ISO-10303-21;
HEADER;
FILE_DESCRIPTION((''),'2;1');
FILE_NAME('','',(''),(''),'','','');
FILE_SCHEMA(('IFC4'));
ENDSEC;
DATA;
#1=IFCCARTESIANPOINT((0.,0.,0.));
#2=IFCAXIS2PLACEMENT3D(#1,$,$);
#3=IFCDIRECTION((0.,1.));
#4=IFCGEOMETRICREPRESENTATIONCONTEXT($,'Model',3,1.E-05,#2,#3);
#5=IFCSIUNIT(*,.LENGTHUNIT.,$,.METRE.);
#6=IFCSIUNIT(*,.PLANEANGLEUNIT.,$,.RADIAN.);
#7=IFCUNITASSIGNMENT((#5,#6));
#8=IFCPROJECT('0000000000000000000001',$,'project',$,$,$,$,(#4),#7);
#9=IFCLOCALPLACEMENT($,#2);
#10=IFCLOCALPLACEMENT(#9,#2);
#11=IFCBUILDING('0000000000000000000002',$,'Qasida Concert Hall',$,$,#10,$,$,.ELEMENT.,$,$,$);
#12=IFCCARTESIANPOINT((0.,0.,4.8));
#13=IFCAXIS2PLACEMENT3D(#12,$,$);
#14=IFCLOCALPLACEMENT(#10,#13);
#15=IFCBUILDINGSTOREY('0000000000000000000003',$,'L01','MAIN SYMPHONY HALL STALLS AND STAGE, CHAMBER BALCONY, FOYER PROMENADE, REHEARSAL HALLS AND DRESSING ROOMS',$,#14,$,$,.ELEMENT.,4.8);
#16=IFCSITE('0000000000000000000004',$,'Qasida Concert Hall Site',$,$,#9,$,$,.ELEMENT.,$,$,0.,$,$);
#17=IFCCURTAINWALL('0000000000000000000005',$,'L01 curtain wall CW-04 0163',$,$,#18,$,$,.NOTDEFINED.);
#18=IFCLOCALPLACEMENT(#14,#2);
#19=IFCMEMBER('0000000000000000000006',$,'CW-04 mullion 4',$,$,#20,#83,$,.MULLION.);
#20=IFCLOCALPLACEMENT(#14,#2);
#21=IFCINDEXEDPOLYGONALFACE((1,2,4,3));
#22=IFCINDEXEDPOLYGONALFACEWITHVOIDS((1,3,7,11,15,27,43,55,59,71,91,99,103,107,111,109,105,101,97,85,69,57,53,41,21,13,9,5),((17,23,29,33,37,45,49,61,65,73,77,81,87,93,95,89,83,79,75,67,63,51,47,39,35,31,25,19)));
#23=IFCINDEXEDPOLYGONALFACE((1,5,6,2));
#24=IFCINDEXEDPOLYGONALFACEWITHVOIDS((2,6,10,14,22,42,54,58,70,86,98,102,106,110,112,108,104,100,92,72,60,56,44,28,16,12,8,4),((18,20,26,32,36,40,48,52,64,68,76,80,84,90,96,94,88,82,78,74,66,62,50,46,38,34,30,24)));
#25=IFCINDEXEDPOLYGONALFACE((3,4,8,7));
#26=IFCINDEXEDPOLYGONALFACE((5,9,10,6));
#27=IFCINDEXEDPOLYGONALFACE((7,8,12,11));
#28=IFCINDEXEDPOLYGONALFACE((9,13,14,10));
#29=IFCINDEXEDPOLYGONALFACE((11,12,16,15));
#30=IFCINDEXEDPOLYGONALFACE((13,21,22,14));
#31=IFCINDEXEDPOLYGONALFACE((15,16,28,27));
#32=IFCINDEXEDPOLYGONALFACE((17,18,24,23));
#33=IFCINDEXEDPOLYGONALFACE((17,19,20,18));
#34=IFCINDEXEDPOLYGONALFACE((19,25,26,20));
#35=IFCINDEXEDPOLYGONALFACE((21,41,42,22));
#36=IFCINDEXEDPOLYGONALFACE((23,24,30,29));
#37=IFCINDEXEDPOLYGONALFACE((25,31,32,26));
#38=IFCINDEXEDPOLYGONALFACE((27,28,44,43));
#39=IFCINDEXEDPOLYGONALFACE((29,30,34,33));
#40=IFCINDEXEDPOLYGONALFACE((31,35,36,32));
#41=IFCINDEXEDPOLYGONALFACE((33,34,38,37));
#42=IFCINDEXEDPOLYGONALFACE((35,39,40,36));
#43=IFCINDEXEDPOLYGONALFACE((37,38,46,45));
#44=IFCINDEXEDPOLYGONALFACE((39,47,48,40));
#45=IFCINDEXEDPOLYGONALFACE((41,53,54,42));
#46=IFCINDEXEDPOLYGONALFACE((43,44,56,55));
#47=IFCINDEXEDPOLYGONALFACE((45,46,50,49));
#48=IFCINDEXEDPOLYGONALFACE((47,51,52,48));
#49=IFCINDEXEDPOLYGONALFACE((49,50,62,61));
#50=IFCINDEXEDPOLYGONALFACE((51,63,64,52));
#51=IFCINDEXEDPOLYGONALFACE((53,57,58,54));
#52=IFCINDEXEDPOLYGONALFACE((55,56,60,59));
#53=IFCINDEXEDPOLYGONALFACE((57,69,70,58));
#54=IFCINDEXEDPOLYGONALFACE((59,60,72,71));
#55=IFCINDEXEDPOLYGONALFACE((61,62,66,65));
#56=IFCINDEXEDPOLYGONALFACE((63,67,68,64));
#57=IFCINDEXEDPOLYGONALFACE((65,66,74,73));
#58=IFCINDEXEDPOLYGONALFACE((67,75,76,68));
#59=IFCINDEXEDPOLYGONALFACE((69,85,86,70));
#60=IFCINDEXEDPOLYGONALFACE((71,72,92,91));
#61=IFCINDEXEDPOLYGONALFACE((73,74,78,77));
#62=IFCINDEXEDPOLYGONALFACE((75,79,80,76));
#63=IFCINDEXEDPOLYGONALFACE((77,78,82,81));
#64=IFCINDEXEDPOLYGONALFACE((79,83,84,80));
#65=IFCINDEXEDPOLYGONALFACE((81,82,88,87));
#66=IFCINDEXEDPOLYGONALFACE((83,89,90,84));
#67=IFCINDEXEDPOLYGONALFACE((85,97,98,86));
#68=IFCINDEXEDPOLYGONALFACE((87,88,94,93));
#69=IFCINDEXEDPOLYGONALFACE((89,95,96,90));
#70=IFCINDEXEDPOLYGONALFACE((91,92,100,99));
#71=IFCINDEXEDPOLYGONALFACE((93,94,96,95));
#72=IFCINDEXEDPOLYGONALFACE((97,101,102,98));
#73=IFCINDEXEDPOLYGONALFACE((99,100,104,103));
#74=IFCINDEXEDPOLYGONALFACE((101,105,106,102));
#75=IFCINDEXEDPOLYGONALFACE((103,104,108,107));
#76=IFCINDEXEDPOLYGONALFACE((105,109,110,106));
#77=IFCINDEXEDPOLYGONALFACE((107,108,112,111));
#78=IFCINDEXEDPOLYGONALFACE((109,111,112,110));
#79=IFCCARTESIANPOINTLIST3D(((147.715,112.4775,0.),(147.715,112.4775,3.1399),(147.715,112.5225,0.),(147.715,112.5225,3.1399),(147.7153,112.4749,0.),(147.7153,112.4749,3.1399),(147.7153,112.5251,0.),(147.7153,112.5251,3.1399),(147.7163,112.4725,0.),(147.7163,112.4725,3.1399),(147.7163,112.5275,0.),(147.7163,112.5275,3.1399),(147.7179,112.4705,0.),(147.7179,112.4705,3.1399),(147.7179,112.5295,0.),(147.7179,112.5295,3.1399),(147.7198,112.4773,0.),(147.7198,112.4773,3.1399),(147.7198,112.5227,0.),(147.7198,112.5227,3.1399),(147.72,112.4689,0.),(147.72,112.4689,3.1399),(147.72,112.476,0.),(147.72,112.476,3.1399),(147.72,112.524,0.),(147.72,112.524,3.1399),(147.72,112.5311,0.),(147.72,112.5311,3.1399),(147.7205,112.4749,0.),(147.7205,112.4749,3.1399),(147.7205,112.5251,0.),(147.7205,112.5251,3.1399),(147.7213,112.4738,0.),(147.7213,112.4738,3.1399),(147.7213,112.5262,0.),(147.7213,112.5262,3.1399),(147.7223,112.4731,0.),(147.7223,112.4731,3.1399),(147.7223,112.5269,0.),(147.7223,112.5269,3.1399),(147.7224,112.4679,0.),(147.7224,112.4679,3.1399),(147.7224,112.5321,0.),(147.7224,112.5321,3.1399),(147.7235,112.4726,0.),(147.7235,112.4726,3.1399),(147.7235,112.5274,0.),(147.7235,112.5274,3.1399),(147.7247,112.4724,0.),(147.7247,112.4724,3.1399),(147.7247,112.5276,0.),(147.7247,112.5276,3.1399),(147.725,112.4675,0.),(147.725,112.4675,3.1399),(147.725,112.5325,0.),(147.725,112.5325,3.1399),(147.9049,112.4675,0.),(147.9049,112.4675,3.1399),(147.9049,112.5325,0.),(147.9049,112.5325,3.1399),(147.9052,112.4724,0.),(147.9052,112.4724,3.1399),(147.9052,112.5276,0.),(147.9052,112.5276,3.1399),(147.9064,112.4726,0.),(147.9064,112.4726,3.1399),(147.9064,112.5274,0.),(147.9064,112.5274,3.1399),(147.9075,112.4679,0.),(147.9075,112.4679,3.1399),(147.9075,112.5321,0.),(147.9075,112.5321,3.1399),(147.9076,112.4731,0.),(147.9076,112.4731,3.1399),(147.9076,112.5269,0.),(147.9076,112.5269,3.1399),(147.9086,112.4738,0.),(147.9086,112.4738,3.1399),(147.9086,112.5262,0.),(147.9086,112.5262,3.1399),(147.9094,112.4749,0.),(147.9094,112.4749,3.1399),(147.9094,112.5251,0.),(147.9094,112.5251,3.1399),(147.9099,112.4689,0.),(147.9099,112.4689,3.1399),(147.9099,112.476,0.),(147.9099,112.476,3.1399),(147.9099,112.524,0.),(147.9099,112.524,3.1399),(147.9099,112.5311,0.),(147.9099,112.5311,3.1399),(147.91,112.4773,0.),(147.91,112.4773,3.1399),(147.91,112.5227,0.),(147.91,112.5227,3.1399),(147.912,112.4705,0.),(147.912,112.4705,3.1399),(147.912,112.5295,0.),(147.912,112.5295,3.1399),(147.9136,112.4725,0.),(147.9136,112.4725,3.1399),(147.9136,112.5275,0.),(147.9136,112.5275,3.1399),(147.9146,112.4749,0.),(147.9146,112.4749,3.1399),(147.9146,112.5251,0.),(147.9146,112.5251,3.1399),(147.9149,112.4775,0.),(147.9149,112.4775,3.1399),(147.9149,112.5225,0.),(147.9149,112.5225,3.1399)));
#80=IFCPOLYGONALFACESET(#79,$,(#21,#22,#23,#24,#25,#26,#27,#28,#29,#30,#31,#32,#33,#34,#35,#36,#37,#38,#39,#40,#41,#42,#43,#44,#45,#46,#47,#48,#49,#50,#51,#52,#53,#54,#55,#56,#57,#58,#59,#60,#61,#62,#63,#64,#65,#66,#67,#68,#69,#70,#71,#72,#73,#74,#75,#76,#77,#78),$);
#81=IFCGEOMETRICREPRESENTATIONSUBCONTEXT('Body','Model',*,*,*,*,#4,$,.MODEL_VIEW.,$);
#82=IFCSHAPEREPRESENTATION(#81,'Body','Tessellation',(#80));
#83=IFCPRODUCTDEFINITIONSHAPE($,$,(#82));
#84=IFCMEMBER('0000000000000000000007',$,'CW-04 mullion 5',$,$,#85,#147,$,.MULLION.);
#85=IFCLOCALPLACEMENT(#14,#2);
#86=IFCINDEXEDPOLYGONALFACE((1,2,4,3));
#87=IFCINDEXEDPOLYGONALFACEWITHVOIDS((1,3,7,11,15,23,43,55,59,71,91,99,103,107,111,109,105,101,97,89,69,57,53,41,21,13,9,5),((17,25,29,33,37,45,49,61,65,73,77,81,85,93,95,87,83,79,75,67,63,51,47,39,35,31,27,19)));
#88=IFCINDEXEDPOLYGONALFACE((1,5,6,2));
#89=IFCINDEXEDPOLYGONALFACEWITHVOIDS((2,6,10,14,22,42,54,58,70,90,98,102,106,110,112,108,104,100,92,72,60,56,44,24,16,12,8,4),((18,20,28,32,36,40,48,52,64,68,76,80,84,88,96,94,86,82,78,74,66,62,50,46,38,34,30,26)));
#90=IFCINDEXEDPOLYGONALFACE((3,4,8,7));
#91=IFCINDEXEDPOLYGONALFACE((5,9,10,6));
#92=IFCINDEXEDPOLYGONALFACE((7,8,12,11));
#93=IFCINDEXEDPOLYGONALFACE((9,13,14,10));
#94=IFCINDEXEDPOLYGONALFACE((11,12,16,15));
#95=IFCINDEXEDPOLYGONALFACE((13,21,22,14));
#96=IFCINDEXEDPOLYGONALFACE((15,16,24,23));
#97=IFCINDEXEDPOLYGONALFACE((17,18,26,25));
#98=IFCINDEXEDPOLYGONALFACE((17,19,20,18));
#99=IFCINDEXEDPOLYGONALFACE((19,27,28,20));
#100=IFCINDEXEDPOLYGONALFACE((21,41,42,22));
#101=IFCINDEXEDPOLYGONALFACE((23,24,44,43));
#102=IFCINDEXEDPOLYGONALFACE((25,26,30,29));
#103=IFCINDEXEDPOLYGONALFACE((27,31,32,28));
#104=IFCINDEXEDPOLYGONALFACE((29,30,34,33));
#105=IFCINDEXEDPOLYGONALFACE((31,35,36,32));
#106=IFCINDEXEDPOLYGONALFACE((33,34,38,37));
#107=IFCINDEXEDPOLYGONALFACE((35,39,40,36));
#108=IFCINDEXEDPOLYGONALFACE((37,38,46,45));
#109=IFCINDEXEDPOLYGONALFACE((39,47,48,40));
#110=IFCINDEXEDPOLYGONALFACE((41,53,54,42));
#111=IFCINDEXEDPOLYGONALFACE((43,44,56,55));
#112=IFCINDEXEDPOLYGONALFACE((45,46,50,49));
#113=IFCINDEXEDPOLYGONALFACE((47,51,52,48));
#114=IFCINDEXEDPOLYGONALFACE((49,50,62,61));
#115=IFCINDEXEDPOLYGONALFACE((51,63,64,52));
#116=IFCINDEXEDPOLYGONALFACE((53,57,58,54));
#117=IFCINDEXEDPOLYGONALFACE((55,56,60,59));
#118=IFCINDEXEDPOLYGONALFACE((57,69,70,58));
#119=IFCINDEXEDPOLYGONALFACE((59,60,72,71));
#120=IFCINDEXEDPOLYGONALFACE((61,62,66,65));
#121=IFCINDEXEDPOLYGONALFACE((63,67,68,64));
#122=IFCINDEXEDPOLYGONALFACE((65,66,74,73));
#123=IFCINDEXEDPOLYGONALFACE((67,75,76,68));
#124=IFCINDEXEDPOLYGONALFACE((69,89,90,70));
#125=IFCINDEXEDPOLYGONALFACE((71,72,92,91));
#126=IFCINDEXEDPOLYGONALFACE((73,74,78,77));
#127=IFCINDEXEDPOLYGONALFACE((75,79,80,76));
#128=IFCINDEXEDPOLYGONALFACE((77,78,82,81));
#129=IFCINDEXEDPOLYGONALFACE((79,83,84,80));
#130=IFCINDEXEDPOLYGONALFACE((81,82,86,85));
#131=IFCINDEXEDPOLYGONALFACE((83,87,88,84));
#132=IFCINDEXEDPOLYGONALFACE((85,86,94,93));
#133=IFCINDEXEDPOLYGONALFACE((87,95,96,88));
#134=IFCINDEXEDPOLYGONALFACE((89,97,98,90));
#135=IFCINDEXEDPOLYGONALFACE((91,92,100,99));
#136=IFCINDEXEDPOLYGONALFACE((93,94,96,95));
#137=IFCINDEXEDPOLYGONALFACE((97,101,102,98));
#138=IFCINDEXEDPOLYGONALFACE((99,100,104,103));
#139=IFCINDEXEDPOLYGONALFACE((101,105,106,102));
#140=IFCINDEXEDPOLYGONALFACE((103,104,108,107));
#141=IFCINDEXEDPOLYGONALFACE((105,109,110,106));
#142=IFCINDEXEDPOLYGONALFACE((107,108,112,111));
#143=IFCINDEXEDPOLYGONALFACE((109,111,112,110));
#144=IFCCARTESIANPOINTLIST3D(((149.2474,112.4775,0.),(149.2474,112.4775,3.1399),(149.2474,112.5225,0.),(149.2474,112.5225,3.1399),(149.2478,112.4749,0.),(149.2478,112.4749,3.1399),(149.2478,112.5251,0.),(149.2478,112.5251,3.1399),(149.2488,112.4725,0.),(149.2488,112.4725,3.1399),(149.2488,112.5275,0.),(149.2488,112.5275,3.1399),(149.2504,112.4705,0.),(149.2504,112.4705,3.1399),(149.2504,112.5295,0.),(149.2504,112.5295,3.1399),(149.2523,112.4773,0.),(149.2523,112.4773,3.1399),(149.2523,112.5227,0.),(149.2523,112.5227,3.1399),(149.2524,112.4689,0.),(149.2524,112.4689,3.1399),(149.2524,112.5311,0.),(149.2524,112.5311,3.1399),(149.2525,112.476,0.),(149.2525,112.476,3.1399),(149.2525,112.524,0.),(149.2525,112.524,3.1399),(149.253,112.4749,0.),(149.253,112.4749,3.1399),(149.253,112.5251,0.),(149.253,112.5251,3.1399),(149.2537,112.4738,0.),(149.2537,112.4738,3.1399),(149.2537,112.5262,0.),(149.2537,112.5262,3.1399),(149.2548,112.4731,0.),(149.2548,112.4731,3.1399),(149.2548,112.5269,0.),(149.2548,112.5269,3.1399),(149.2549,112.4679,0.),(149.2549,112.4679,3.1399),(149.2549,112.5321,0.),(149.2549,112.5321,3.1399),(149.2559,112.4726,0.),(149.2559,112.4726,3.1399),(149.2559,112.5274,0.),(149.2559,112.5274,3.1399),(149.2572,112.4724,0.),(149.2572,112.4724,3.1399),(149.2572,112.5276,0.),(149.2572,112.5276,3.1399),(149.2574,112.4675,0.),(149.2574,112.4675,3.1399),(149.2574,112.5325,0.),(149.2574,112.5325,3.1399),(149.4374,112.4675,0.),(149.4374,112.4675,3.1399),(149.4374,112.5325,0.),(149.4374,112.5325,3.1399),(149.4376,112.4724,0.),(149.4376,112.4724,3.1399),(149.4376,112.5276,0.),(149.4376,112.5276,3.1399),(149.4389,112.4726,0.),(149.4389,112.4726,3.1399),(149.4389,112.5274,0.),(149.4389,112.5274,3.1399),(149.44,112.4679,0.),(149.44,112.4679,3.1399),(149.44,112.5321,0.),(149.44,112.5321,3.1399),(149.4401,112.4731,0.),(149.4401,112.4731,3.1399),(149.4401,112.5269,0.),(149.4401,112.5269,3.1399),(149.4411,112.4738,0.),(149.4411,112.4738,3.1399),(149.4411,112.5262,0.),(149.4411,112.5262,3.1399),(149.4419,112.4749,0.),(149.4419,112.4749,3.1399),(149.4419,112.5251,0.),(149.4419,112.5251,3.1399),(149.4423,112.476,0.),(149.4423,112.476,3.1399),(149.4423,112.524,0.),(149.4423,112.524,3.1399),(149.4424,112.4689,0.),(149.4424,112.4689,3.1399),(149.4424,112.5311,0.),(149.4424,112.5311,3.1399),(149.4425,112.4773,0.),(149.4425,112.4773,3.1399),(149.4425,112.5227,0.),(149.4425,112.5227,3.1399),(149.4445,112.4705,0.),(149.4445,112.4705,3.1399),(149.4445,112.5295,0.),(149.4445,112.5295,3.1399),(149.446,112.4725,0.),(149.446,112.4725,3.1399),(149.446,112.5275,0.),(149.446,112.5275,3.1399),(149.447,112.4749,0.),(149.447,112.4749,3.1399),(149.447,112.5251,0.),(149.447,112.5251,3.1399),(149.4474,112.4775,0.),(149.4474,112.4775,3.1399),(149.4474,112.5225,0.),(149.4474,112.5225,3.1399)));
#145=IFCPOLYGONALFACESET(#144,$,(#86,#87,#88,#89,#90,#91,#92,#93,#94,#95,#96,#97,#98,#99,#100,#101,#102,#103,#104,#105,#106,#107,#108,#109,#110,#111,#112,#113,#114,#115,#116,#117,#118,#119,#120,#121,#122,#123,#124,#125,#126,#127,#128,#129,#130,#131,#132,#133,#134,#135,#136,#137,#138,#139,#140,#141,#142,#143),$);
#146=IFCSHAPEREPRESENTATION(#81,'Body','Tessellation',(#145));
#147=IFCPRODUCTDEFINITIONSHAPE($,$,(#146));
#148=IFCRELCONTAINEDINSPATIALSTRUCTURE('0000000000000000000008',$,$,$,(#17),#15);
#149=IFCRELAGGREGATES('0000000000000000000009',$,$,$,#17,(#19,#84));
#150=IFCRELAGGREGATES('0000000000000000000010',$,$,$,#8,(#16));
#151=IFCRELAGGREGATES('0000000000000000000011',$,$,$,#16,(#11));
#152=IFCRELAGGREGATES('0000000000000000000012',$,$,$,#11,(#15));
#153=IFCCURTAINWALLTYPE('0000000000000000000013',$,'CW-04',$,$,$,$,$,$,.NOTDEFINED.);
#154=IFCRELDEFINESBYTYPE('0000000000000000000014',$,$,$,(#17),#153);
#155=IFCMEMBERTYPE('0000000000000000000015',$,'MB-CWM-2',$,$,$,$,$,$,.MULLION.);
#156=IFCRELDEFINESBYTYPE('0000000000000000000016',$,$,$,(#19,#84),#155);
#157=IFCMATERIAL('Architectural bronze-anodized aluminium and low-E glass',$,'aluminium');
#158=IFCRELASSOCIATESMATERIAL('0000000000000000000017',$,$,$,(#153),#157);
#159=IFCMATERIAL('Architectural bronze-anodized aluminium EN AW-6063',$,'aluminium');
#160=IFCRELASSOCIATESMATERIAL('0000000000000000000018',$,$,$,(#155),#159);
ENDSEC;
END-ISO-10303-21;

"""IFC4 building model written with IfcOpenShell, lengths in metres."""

from ifc_helpers import new_model, si_unit, direction, frame, origin, origin_2d, place, context, subcontext, project, spatial, hollow_rectangle, extrude, material, material_profile, profile_set, type_object, element, aggregate, save


model = new_model("IFC4")

# Units and contexts
model_context = context("Model", 3, precision=1e-05, world=origin(), true_north=direction((0.0, 1.0)))
body_context = subcontext(model_context, "Body", "Model", "MODEL_VIEW")
ifc_project = project(units=[si_unit("LENGTHUNIT", "METRE"), si_unit("PLANEANGLEUNIT", "RADIAN")], contexts=[model_context])

# Site, building, storey
site_placement = place(None, origin())
site = spatial("IfcSite", under=ifc_project, at=site_placement, Name="Qasida Concert Hall Site", CompositionType="ELEMENT", RefElevation=0.0)
building_placement = place(site_placement, origin())
building = spatial("IfcBuilding", under=site, at=building_placement, Name="Qasida Concert Hall", CompositionType="ELEMENT")
storey_placement = place(building_placement, frame((0.0, 0.0, 4.8)))
storey = spatial("IfcBuildingStorey", under=building, at=storey_placement, Name="L01", Description="MAIN SYMPHONY HALL STALLS AND STAGE, CHAMBER BALCONY, FOYER PROMENADE, REHEARSAL HALLS AND DRESSING ROOMS", CompositionType="ELEMENT", Elevation=4.8)

# Curtain wall, members
ifc_material_1 = material(Name="Architectural bronze-anodized aluminium and low-E glass", Category="aluminium")
curtain_wall_type = type_object("IfcCurtainWallType", Name="CW-04", PredefinedType="NOTDEFINED", material=ifc_material_1)
curtain_wall_placement = place(storey_placement, origin())
curtain_wall = element("IfcCurtainWall", 1, at=curtain_wall_placement, inside=storey, type_object=curtain_wall_type, Name="L01 curtain wall CW-04 0163", PredefinedType="NOTDEFINED")
ifc_material_2 = material(Name="Architectural bronze-anodized aluminium EN AW-6063", Category="aluminium")
ifc_material_profile_1 = material_profile(ifc_material_2, hollow_rectangle(XDim=0.0649, YDim=0.2, WallThickness=0.0049, InnerFilletRadius=0.0049, OuterFilletRadius=0.01, at=origin_2d()), Name="CWM 200x65x5")
ifc_profile_set_1 = profile_set([ifc_material_profile_1], Name="Architectural bronze-anodized aluminium EN AW-6063")
member_type_1 = type_object("IfcMemberType", Name="MB-CWM-2", PredefinedType="MULLION", material=ifc_profile_set_1)
member_1_placement = place(storey_placement, frame((147.8149, 112.5, 0.0), z_axis=(0.0, 0.0, 1.0), x_axis=(0.0, 1.0, 0.0)))
member_1 = element("IfcMember", 2, at=member_1_placement, type_object=member_type_1, Name="CW-04 mullion 4", PredefinedType="MULLION", context=body_context, shape_type="SweptSolid", body=[
    extrude(hollow_rectangle(XDim=0.0649, YDim=0.2, WallThickness=0.0049, InnerFilletRadius=0.0049, OuterFilletRadius=0.01, at=origin_2d()), origin(), (0.0, 0.0, 1.0), 3.1399),
])
member_2_placement = place(storey_placement, frame((149.3474, 112.5, 0.0), z_axis=(0.0, 0.0, 1.0), x_axis=(0.0, 1.0, 0.0)))
member_2 = element("IfcMember", 3, at=member_2_placement, type_object=member_type_1, Name="CW-04 mullion 5", PredefinedType="MULLION", context=body_context, shape_type="SweptSolid", body=[
    extrude(hollow_rectangle(XDim=0.0649, YDim=0.2, WallThickness=0.0049, InnerFilletRadius=0.0049, OuterFilletRadius=0.01, at=origin_2d()), origin(), (0.0, 0.0, 1.0), 3.1399),
])
aggregate(curtain_wall, [member_1, member_2])

save(model, "model.ifc")
